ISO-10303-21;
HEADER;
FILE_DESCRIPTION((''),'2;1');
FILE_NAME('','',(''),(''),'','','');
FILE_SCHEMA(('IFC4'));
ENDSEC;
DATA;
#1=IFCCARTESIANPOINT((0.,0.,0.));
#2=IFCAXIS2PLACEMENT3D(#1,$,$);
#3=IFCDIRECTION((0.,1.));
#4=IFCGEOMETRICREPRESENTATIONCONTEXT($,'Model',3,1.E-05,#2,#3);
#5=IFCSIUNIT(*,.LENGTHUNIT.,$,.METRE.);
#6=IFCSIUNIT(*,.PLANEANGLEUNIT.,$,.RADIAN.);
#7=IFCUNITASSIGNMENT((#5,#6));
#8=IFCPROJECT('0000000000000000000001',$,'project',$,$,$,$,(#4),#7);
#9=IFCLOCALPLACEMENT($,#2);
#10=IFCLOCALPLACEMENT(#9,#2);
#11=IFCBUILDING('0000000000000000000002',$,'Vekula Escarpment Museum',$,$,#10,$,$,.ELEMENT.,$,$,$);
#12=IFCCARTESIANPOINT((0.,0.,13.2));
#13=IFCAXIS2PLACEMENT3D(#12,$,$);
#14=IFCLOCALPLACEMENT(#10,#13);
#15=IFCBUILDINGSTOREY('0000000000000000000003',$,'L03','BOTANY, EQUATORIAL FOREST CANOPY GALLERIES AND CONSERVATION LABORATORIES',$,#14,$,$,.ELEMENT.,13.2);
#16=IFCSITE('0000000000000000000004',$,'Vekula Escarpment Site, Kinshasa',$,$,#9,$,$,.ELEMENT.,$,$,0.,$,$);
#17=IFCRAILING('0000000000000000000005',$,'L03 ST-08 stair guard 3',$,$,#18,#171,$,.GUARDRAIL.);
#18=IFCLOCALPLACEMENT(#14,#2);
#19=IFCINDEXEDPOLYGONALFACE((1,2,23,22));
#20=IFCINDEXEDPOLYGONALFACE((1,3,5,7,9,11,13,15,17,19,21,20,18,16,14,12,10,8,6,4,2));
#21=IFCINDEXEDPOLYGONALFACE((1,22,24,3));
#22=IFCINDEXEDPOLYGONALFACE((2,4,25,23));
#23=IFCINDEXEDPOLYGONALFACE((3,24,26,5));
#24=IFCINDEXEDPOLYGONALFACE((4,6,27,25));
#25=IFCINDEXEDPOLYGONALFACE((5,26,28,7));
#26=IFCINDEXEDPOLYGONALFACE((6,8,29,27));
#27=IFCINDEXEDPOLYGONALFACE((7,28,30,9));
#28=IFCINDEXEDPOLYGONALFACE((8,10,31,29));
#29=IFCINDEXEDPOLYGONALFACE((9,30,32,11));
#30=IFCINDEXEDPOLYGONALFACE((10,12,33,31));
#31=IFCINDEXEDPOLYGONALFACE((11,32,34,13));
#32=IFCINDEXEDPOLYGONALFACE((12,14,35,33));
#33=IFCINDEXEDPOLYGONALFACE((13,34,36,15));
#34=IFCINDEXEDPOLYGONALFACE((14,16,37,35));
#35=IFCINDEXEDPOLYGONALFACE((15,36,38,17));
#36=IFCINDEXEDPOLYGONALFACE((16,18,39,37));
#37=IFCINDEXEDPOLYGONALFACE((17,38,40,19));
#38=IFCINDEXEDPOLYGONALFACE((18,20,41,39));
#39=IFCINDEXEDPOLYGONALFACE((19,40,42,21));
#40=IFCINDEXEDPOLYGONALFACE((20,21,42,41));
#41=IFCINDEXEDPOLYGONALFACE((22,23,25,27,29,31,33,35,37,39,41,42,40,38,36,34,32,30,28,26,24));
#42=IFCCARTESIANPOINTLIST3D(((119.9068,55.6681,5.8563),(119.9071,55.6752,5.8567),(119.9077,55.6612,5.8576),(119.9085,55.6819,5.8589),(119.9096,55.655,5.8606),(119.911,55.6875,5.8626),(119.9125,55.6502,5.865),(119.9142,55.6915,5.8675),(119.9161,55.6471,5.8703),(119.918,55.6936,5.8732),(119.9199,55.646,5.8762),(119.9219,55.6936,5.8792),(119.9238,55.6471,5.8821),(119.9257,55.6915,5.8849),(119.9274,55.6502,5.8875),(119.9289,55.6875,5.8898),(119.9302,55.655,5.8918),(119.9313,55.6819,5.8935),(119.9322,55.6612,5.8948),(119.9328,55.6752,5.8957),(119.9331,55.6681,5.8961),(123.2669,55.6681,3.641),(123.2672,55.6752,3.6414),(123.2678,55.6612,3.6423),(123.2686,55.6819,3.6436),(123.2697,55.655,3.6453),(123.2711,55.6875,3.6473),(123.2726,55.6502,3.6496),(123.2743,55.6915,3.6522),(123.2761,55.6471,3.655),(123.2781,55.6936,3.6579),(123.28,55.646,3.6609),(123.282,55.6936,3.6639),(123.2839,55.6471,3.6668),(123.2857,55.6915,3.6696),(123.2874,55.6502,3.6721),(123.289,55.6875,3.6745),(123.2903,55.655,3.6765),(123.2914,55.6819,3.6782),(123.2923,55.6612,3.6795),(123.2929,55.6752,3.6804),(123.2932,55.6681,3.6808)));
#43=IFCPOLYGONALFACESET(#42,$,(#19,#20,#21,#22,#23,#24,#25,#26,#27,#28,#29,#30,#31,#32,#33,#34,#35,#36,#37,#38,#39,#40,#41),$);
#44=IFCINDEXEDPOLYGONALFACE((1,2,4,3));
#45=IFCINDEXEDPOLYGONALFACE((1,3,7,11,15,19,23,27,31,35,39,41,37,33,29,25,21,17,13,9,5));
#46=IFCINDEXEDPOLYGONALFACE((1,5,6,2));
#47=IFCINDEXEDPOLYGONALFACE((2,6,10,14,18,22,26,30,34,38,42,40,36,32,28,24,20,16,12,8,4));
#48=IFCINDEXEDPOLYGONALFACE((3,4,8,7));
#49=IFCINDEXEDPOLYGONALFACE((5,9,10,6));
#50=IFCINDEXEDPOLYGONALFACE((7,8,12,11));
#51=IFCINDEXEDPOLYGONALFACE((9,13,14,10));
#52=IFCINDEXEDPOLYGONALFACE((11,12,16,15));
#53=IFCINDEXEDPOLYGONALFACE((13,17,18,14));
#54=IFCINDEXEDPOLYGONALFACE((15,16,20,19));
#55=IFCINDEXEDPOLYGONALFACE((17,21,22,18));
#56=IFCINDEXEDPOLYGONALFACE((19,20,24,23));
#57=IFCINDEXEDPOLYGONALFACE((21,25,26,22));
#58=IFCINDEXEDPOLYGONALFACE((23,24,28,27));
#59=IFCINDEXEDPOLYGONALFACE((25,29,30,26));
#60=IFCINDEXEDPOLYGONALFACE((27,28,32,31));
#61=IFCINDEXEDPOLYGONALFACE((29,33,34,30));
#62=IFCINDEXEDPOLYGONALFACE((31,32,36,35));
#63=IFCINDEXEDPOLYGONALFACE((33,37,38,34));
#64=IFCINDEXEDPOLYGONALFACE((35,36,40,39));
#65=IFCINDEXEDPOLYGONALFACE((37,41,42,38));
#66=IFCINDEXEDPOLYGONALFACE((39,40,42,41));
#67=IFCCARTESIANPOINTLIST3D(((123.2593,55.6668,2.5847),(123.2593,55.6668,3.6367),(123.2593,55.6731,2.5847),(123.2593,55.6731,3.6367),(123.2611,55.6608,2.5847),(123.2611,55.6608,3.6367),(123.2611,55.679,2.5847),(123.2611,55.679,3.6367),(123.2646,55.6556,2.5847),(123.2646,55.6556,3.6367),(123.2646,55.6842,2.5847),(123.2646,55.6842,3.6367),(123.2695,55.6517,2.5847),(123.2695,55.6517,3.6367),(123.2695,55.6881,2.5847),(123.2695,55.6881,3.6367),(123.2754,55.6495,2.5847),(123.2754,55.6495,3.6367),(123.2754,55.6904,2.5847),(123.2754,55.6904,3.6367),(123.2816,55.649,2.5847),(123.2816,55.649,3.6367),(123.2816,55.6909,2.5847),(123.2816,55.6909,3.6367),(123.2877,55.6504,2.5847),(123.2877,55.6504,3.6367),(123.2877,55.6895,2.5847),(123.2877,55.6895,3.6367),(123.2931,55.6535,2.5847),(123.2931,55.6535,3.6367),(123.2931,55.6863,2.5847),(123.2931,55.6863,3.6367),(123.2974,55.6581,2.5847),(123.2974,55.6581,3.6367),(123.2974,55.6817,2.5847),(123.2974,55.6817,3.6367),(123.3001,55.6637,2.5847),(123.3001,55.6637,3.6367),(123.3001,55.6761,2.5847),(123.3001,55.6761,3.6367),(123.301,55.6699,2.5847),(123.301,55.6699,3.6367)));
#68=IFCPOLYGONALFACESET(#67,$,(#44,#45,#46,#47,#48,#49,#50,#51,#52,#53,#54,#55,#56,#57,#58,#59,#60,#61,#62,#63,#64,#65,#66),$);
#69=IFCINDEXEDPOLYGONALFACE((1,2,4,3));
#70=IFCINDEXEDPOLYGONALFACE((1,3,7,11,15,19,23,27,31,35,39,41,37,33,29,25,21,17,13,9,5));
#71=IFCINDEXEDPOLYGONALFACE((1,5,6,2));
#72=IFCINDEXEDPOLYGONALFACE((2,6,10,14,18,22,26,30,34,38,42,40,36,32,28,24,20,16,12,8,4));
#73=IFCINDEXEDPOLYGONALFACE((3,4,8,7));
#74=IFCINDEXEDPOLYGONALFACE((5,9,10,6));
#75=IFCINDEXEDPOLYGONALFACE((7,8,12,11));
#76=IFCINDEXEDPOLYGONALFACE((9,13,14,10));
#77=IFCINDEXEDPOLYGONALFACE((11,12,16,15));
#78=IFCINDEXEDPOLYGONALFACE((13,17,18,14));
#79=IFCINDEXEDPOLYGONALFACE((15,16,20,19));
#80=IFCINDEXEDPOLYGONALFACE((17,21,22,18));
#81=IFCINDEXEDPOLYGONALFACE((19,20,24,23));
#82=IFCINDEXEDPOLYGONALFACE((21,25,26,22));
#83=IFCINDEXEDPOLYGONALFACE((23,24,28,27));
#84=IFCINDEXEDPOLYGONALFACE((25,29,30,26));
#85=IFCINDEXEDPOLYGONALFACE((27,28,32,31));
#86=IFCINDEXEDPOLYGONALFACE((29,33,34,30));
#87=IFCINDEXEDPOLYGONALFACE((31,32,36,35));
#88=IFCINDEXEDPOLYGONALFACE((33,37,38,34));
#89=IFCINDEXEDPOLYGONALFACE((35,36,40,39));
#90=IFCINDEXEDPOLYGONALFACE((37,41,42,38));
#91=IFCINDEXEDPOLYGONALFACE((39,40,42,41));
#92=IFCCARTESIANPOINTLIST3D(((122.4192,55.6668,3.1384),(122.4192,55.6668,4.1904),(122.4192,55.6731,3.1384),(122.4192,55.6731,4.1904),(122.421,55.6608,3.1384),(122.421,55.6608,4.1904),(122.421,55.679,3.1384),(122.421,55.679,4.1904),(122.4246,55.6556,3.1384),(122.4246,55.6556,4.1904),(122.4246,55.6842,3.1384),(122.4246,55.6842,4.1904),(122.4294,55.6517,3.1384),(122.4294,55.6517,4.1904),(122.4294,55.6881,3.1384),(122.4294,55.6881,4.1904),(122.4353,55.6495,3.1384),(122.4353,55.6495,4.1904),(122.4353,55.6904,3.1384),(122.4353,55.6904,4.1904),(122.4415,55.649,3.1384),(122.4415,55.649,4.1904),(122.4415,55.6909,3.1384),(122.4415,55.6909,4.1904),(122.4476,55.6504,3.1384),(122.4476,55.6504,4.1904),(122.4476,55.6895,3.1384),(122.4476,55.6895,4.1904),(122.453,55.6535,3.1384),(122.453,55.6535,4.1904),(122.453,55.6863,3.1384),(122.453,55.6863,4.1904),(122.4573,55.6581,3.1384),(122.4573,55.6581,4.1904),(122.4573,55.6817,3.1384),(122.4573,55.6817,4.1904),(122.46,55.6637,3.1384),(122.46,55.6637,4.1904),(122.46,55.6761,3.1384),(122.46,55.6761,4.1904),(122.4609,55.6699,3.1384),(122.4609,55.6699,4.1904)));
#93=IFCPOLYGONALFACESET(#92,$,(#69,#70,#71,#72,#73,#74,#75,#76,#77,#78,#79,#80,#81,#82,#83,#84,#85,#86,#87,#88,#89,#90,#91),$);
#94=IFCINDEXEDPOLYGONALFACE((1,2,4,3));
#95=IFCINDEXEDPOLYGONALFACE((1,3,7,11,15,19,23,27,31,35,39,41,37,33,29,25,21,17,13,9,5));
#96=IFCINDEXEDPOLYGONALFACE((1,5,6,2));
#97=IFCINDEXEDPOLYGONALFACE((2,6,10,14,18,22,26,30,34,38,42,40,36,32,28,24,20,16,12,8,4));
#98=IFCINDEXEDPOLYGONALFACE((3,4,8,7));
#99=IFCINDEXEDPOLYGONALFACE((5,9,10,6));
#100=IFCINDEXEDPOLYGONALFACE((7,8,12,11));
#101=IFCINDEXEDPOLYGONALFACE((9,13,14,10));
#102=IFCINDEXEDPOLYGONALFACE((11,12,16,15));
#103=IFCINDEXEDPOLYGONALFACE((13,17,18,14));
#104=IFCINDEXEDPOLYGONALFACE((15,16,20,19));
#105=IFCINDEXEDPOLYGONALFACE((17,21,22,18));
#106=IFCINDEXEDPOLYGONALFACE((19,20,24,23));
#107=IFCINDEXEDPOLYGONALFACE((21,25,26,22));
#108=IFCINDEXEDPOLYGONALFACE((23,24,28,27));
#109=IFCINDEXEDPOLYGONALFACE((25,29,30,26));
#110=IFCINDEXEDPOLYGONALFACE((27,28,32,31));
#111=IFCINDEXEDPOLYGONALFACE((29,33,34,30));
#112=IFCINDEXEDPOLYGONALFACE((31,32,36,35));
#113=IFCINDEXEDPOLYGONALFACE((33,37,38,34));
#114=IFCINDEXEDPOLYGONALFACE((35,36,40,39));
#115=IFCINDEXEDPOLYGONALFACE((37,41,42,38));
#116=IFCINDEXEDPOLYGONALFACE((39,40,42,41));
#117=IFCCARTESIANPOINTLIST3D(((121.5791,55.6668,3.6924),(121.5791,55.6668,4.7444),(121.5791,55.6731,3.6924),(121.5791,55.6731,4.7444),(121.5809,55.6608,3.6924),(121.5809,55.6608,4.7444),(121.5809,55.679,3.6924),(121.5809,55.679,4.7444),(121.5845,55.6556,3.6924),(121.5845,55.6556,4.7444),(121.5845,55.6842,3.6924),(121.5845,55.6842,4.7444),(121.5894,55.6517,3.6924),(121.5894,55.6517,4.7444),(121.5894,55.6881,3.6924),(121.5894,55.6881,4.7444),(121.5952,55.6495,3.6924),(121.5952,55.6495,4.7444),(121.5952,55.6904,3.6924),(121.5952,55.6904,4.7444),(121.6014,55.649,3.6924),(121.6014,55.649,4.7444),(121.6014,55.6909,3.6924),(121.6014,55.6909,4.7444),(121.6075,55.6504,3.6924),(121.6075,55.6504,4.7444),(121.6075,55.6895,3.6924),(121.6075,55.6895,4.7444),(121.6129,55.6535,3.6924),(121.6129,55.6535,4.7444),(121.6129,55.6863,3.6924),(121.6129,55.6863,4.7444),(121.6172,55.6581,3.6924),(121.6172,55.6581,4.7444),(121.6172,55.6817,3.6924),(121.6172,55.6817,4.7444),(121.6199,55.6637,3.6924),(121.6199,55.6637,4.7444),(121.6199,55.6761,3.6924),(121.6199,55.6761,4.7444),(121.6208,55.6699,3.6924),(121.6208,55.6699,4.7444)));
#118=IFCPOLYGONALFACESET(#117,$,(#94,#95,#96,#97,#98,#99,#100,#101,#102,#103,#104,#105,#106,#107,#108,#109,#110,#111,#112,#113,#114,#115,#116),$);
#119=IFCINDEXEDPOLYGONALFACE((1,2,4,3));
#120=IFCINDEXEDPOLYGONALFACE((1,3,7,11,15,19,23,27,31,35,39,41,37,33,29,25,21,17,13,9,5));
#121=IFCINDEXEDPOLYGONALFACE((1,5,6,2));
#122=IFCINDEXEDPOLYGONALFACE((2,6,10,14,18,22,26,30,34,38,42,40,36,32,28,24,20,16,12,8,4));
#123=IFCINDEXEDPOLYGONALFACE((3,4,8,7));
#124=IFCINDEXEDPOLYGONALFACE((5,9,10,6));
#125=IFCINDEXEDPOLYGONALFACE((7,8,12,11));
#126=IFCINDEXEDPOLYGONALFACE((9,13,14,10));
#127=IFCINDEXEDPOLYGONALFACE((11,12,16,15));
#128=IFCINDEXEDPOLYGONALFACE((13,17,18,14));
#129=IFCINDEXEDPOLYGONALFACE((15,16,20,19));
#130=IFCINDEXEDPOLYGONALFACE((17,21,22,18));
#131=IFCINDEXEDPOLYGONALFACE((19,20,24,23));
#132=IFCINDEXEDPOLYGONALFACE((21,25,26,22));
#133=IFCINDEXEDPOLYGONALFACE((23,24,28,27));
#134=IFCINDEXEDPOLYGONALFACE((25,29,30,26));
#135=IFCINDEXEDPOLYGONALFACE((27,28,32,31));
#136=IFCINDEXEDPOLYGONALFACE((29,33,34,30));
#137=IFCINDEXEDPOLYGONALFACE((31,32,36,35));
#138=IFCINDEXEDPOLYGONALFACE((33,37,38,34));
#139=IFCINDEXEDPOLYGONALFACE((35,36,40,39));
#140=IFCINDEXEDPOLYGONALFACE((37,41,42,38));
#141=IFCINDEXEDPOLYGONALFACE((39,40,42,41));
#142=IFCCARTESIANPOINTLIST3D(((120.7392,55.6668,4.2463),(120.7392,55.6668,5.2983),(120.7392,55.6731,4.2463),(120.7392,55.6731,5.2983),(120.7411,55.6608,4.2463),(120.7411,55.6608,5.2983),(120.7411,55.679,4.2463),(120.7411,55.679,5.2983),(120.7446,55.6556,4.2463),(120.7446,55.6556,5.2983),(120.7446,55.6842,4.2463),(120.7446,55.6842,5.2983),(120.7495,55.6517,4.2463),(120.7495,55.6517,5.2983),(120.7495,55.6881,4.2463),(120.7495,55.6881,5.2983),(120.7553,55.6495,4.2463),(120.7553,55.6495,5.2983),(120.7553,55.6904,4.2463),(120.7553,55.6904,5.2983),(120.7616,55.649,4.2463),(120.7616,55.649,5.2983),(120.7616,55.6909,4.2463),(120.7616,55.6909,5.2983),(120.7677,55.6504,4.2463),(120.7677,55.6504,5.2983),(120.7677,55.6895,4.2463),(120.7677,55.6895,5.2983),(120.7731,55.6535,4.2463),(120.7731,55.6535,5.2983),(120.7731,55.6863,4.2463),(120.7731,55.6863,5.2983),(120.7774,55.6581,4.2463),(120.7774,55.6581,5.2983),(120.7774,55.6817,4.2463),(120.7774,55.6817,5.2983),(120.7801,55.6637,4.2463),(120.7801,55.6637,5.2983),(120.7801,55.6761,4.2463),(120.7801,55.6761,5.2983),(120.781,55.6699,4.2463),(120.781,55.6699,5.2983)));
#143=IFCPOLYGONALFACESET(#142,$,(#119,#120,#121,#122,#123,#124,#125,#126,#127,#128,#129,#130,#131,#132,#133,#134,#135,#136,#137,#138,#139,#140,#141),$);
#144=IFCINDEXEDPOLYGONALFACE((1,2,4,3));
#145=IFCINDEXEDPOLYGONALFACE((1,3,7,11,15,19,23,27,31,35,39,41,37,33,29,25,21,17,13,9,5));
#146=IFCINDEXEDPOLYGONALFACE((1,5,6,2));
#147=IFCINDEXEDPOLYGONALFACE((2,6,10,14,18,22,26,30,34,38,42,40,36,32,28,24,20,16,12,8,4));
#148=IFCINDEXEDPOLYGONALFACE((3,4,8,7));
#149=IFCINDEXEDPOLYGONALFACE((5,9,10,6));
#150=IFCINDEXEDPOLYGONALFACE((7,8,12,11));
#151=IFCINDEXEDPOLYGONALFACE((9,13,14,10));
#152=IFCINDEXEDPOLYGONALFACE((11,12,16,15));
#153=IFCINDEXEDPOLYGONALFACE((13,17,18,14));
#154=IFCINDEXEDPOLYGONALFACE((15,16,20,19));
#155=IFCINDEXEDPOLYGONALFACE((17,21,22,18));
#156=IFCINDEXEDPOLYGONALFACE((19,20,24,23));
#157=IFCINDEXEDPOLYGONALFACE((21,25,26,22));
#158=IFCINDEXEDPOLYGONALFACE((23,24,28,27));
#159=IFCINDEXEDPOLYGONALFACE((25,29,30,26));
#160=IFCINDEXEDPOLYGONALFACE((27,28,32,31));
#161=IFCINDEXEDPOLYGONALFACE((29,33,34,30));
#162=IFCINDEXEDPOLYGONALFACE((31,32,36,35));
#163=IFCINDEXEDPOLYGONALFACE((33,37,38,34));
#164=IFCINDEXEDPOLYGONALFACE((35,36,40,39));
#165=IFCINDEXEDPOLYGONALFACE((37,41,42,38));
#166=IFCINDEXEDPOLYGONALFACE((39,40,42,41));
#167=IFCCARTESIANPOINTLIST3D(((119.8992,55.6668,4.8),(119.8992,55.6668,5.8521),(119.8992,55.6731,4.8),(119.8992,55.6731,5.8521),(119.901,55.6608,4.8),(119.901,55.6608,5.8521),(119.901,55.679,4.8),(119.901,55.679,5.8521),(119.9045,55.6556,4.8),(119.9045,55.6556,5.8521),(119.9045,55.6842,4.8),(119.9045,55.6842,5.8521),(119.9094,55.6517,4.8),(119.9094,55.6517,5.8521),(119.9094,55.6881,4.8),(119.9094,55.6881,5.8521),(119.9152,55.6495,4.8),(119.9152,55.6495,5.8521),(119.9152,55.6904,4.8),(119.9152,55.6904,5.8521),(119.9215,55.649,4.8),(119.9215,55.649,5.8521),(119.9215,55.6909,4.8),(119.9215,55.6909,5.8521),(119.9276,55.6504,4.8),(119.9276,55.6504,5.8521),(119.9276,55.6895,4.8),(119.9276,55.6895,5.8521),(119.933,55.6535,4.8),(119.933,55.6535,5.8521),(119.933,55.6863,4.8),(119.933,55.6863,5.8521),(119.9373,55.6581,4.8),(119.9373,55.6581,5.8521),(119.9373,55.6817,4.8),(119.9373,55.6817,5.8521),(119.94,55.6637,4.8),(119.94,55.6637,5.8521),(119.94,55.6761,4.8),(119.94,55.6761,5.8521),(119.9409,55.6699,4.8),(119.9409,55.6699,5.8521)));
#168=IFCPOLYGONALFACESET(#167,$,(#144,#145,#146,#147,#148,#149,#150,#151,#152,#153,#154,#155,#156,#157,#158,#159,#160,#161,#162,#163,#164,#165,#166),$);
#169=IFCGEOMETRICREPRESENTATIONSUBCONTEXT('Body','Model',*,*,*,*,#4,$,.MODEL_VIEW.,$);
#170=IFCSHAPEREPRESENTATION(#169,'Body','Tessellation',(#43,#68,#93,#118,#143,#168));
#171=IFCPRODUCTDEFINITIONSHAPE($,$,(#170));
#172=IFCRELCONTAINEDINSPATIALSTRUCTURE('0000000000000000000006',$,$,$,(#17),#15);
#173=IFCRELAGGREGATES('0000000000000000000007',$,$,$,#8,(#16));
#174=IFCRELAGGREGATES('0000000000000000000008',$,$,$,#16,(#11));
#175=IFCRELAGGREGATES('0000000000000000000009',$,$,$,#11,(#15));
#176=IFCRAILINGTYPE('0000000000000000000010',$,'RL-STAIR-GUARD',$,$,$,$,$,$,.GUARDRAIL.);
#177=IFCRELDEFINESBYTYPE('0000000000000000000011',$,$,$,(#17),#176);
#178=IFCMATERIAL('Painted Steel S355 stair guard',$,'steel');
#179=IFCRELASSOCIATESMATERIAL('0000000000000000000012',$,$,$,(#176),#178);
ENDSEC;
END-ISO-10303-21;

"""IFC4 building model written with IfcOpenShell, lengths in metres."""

from ifc_helpers import new_model, si_unit, direction, frame, origin, origin_2d, place, context, subcontext, project, spatial, circle, extrude, material, type_object, element, save


model = new_model("IFC4")

# Units and contexts
model_context = context("Model", 3, precision=1e-05, world=origin(), true_north=direction((0.0, 1.0)))
body_context = subcontext(model_context, "Body", "Model", "MODEL_VIEW")
ifc_project = project(units=[si_unit("LENGTHUNIT", "METRE"), si_unit("PLANEANGLEUNIT", "RADIAN")], contexts=[model_context])

# Site, building, storey
site_placement = place(None, origin())
site = spatial("IfcSite", under=ifc_project, at=site_placement, Name="Vekula Escarpment Site, Kinshasa", CompositionType="ELEMENT", RefElevation=0.0)
building_placement = place(site_placement, origin())
building = spatial("IfcBuilding", under=site, at=building_placement, Name="Vekula Escarpment Museum", CompositionType="ELEMENT")
storey_placement = place(building_placement, frame((0.0, 0.0, 13.2)))
storey = spatial("IfcBuildingStorey", under=building, at=storey_placement, Name="L03", Description="BOTANY, EQUATORIAL FOREST CANOPY GALLERIES AND CONSERVATION LABORATORIES", CompositionType="ELEMENT", Elevation=13.2)

# Railing
ifc_material_1 = material(Name="Painted Steel S355 stair guard", Category="steel")
railing_type_1 = type_object("IfcRailingType", Name="RL-STAIR-GUARD", PredefinedType="GUARDRAIL", material=ifc_material_1)
railing_1_placement = place(storey_placement, frame((123.28, 55.6699, 2.5847)))
element("IfcRailing", 1, at=railing_1_placement, inside=storey, type_object=railing_type_1, Name="L03 ST-08 stair guard 3", PredefinedType="GUARDRAIL", context=body_context, shape_type="SweptSolid", body=[
    extrude(circle(Radius=0.0239, at=origin_2d()), frame((0.0, 0.0, 1.0762), z_axis=(-0.834876, 0.0, 0.550437), x_axis=(0.0, -1.0, 0.0)), (0.0, 0.0, 1.0), 4.0247),
    extrude(circle(Radius=0.021, at=origin_2d()), origin(), (0.0, 0.0, 1.0), 1.052),
    extrude(circle(Radius=0.021, at=origin_2d()), frame((-0.8401, 0.0, 0.5537)), (0.0, 0.0, 1.0), 1.052),
    extrude(circle(Radius=0.021, at=origin_2d()), frame((-1.6802, 0.0, 1.1077)), (0.0, 0.0, 1.0), 1.052),
    extrude(circle(Radius=0.021, at=origin_2d()), frame((-2.52, 0.0, 1.6616)), (0.0, 0.0, 1.0), 1.052),
    extrude(circle(Radius=0.021, at=origin_2d()), frame((-3.3601, 0.0, 2.2153)), (0.0, 0.0, 1.0), 1.052),
])

save(model, "model.ifc")
